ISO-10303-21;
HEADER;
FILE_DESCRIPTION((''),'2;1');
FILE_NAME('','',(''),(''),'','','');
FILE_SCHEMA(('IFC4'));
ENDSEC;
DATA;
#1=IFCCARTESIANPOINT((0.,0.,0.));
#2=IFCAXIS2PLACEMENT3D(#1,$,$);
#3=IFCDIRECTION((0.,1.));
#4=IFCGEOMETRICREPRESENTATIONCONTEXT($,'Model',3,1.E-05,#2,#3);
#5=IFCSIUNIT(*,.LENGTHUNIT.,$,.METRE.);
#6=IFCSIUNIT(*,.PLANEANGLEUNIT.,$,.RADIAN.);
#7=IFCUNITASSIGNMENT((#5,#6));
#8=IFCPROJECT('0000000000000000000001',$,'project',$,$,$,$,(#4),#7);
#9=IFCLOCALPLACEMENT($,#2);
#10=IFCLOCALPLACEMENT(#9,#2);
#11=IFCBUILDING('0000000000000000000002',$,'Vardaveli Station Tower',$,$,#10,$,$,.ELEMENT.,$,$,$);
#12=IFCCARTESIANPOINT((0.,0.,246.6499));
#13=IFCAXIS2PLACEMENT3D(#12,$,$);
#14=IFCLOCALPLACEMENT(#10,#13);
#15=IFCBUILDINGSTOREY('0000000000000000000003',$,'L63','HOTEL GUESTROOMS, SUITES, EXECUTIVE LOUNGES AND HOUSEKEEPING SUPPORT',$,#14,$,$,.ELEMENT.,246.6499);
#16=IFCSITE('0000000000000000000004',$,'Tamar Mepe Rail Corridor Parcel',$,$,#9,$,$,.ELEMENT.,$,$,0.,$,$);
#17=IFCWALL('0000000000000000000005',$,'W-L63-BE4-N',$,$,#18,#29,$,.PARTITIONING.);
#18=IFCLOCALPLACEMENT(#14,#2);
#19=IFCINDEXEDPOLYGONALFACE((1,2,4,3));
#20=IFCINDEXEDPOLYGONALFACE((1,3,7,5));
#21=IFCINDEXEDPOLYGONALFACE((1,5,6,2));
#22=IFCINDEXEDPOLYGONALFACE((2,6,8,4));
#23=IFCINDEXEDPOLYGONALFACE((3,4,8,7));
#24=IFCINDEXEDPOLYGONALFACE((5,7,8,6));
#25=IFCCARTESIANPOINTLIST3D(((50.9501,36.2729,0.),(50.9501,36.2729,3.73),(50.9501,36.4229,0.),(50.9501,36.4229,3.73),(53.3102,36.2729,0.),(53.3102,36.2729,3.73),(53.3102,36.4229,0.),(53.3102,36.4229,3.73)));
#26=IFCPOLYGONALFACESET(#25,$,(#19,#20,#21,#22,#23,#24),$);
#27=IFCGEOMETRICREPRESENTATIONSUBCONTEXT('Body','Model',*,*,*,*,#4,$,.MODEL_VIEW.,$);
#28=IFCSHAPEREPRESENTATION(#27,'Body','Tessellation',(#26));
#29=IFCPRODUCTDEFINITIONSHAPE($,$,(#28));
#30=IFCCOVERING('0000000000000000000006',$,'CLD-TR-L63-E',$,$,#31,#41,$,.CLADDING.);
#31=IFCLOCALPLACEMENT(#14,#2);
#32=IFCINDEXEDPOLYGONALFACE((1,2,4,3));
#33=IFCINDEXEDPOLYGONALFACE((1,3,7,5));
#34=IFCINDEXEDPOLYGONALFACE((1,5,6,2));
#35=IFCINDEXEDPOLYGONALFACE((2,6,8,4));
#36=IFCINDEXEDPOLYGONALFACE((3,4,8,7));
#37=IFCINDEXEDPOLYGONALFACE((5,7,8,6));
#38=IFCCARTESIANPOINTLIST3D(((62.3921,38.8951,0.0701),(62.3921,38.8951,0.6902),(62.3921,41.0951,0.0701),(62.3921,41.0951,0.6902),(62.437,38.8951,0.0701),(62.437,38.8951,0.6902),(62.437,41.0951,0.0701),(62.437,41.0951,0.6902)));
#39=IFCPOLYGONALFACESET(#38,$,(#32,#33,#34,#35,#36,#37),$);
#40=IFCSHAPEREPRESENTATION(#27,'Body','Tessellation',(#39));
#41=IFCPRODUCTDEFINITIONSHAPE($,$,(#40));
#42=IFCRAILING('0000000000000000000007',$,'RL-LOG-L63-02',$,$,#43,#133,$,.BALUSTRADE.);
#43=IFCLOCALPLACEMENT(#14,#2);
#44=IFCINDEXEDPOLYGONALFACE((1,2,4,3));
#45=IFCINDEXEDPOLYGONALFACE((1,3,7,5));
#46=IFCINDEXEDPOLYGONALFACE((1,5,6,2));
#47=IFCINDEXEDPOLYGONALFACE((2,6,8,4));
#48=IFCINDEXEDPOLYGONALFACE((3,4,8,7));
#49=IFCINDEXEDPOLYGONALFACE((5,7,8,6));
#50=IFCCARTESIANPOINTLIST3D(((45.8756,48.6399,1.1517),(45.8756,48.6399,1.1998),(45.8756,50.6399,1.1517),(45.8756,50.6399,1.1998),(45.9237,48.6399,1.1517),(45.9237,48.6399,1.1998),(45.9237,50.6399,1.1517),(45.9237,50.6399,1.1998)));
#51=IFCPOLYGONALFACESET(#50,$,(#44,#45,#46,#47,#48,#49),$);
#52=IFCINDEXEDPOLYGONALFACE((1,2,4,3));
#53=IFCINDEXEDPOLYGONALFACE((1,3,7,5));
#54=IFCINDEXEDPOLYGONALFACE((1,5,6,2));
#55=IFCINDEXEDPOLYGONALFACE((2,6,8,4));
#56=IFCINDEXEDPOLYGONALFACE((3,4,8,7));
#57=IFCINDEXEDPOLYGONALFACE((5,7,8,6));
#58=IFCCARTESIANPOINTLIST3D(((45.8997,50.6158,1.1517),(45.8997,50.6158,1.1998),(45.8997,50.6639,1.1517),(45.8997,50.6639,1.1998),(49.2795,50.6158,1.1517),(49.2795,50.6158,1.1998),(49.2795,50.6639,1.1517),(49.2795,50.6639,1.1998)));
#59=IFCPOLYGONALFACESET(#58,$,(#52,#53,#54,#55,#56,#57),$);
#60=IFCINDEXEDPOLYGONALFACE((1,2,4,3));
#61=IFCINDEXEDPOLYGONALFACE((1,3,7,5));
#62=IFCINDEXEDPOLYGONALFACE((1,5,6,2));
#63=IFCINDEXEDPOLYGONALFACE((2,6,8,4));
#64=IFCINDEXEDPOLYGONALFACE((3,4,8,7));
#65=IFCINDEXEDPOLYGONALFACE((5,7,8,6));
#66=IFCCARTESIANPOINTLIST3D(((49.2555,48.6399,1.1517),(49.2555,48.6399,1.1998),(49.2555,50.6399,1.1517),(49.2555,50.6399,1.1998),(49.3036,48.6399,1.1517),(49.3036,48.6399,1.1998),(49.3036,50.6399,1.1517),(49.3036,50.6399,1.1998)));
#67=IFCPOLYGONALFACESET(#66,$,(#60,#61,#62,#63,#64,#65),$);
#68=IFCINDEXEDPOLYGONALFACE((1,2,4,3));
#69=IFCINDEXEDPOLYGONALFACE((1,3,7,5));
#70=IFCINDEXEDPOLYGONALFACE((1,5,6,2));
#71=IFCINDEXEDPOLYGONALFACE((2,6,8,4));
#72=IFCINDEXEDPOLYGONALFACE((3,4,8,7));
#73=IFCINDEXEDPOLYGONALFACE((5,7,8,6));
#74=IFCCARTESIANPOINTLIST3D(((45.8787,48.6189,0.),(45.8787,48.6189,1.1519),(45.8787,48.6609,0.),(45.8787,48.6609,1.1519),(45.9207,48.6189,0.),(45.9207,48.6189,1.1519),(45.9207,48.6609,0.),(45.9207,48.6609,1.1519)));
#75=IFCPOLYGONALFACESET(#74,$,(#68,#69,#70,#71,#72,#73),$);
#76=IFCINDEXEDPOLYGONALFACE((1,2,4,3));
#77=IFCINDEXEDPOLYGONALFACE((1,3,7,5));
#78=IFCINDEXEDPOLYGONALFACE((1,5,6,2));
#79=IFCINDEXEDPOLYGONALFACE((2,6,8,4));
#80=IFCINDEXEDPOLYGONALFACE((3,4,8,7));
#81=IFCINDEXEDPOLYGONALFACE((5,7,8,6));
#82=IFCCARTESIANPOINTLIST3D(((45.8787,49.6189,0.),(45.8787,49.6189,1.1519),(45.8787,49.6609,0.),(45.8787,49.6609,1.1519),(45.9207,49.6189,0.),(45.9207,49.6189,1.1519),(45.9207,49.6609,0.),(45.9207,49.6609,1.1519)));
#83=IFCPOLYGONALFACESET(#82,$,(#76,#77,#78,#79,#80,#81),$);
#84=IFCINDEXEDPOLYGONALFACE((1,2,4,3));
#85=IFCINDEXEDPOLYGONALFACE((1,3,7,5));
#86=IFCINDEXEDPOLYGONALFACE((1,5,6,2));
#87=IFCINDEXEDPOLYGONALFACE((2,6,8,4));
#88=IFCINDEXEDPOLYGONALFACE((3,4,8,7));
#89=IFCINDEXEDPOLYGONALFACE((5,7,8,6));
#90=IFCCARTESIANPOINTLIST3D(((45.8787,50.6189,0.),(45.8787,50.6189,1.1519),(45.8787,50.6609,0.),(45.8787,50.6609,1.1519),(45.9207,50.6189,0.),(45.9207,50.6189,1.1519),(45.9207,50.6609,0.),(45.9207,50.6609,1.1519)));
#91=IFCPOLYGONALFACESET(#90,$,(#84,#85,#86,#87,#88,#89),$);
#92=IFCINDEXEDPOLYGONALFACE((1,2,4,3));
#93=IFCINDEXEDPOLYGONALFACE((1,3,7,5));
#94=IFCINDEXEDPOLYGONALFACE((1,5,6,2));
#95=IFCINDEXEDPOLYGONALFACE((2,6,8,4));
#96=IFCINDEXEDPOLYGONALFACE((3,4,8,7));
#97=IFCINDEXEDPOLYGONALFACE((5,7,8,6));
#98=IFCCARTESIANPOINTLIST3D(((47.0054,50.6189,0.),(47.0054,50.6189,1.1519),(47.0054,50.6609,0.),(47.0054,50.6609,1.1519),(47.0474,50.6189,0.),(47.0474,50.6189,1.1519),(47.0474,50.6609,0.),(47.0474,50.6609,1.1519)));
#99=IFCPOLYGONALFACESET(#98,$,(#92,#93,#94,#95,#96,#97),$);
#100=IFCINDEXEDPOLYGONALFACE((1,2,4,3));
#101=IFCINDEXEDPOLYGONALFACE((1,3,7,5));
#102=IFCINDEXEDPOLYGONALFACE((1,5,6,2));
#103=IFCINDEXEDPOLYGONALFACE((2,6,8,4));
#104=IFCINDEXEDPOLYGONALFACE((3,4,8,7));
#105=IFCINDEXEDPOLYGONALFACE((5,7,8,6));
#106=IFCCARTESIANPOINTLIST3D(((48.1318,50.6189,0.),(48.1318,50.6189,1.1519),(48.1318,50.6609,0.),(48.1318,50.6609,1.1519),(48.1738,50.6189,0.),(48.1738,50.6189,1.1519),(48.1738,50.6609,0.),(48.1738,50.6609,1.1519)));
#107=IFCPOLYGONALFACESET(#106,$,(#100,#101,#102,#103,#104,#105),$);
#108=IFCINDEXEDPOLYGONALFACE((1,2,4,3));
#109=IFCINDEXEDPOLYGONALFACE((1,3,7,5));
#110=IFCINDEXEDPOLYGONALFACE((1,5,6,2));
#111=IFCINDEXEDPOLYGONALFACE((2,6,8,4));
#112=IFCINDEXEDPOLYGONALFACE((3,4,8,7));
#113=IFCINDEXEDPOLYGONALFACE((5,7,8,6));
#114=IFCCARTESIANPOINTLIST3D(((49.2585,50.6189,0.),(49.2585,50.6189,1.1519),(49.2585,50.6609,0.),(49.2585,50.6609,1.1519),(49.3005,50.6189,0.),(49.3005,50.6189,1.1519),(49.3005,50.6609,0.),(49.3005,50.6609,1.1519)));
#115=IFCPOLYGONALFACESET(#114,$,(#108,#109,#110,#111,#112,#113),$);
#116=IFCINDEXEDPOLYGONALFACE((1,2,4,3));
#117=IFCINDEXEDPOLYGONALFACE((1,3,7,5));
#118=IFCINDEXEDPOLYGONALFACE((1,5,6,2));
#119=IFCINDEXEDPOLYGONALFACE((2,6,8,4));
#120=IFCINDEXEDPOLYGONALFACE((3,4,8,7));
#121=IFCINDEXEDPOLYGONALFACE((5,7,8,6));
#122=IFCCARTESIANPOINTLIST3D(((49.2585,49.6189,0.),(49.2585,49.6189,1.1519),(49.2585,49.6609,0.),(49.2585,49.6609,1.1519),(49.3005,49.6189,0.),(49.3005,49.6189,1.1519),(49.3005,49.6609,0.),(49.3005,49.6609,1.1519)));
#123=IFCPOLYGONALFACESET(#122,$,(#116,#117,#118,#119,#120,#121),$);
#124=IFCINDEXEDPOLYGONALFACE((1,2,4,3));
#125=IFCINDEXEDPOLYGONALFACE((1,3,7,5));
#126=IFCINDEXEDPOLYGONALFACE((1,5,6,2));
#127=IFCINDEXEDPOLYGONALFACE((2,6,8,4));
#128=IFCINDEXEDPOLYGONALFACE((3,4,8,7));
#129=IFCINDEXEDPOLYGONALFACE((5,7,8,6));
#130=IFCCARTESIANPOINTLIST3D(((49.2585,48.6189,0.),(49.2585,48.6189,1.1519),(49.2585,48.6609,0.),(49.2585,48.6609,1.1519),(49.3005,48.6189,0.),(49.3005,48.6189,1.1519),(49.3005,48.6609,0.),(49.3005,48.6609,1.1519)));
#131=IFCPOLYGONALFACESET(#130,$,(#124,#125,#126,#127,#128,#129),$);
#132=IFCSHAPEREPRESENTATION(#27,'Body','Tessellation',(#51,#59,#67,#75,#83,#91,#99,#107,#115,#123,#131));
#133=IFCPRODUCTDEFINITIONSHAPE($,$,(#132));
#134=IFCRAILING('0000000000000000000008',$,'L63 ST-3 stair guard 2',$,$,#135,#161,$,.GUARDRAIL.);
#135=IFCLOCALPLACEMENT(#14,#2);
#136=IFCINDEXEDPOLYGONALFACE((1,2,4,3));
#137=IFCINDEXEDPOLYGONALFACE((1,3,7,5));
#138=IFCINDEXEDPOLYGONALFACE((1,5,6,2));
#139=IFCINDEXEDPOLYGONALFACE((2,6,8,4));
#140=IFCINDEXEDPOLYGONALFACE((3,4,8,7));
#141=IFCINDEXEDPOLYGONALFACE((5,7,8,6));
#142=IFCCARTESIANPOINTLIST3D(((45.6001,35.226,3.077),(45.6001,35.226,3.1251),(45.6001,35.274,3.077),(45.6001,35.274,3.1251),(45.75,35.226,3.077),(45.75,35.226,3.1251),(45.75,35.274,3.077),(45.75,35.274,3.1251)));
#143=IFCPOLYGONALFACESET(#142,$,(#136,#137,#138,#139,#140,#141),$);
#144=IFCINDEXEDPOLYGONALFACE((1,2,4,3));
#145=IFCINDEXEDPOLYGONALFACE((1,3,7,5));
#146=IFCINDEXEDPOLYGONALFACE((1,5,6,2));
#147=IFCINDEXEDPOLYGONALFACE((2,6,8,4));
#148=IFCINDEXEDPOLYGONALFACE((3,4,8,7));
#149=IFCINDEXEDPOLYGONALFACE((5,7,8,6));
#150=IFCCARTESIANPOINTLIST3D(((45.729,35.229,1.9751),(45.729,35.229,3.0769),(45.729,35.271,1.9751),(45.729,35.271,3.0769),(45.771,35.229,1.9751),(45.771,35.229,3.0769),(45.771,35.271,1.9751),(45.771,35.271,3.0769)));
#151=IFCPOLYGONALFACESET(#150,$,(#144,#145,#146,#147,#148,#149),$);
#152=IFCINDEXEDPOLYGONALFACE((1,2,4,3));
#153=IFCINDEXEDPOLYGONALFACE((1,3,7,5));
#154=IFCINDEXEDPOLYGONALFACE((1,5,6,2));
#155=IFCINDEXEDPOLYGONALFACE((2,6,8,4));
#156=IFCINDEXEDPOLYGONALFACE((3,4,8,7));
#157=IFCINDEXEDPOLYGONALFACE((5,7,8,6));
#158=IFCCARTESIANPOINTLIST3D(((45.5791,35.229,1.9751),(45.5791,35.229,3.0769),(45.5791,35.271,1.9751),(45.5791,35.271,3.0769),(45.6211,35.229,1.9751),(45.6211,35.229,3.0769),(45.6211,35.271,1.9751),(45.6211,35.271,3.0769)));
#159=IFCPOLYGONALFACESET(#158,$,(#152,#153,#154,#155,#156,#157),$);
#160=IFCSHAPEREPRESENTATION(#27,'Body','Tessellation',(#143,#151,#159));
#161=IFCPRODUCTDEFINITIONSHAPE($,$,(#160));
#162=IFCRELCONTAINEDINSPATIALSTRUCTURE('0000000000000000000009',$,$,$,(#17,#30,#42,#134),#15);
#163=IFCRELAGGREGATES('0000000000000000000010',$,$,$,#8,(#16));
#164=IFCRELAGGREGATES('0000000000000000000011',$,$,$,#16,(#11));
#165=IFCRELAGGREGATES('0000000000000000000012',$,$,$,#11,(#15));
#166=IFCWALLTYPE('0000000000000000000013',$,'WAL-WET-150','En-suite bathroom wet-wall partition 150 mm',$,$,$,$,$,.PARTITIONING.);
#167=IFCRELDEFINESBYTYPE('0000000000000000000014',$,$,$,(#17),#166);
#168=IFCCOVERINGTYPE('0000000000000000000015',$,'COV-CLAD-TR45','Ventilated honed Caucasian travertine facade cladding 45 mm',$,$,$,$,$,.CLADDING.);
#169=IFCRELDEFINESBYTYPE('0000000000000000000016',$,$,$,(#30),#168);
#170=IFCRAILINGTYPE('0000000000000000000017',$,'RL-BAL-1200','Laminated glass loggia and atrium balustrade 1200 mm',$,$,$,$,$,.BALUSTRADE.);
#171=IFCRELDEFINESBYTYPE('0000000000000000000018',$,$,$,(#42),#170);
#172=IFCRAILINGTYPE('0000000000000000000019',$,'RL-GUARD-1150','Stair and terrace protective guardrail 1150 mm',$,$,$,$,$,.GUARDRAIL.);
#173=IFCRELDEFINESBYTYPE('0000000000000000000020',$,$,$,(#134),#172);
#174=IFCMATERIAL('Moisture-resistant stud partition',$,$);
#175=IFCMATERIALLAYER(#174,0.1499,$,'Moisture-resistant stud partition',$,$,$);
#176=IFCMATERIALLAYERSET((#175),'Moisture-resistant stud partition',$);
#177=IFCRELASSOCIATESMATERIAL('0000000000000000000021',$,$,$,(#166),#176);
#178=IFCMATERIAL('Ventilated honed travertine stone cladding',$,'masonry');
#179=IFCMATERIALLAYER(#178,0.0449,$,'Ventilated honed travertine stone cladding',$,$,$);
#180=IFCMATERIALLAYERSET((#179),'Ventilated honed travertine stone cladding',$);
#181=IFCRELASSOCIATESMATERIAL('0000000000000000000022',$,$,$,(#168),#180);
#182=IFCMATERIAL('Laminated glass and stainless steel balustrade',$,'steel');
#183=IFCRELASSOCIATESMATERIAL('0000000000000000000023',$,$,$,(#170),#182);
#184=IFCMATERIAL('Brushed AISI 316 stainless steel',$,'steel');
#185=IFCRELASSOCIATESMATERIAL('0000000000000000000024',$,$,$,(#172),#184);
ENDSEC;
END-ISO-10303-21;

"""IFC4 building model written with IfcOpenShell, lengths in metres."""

from ifc_helpers import new_model, si_unit, direction, frame, frame_2d, origin, origin_2d, place, context, subcontext, project, spatial, rectangle, extrude, source, transform, mapped, material, layer, layer_set, type_object, element, save


model = new_model("IFC4")

# Units and contexts
model_context = context("Model", 3, precision=1e-05, world=origin(), true_north=direction((0.0, 1.0)))
body_context = subcontext(model_context, "Body", "Model", "MODEL_VIEW")
ifc_project = project(units=[si_unit("LENGTHUNIT", "METRE"), si_unit("PLANEANGLEUNIT", "RADIAN")], contexts=[model_context])

# Site, building, storey
site_placement = place(None, origin())
site = spatial("IfcSite", under=ifc_project, at=site_placement, Name="Tamar Mepe Rail Corridor Parcel", CompositionType="ELEMENT", RefElevation=0.0)
building_placement = place(site_placement, origin())
building = spatial("IfcBuilding", under=site, at=building_placement, Name="Vardaveli Station Tower", CompositionType="ELEMENT")
storey_placement = place(building_placement, frame((0.0, 0.0, 246.6499)))
storey = spatial("IfcBuildingStorey", under=building, at=storey_placement, Name="L63", Description="HOTEL GUESTROOMS, SUITES, EXECUTIVE LOUNGES AND HOUSEKEEPING SUPPORT", CompositionType="ELEMENT", Elevation=246.6499)

# Wall
ifc_material_1 = material(Name="Moisture-resistant stud partition")
ifc_layer_1 = layer(ifc_material_1, 0.1499, Name="Moisture-resistant stud partition")
ifc_layer_set_1 = layer_set([ifc_layer_1], Name="Moisture-resistant stud partition")
wall_type_1 = type_object("IfcWallType", Name="WAL-WET-150", Description="En-suite bathroom wet-wall partition 150 mm", PredefinedType="PARTITIONING", material=ifc_layer_set_1)
shared_shape_1 = source(origin(), body_context, "Body", "SweptSolid", [
    extrude(rectangle(XDim=2.3601, YDim=0.1499, at=frame_2d((1.1802, 0.0))), origin(), (0.0, 0.0, 1.0), 3.73),
])
wall_1_placement = place(storey_placement, frame((50.95, 36.3479, 0.0), z_axis=(0.0, 0.0, 1.0), x_axis=(1.0, 0.0, 0.0)))
element("IfcWall", 1, at=wall_1_placement, inside=storey, type_object=wall_type_1, Name="W-L63-BE4-N", PredefinedType="PARTITIONING", context=body_context, shape_type="MappedRepresentation", body=[
    mapped(shared_shape_1, transform((0.0, 0.0, 0.0), scale=1.0)),
])

# Covering
ifc_material_2 = material(Name="Ventilated honed travertine stone cladding", Category="masonry")
ifc_layer_2 = layer(ifc_material_2, 0.0449, Name="Ventilated honed travertine stone cladding")
ifc_layer_set_2 = layer_set([ifc_layer_2], Name="Ventilated honed travertine stone cladding")
covering_type = type_object("IfcCoveringType", Name="COV-CLAD-TR45", Description="Ventilated honed Caucasian travertine facade cladding 45 mm", PredefinedType="CLADDING", material=ifc_layer_set_2)
shared_shape_2 = source(origin(), body_context, "Body", "SweptSolid", [
    extrude(rectangle(XDim=2.2, YDim=0.0449, at=origin_2d()), origin(), (0.0, 0.0, 1.0), 0.6201),
])
covering_placement = place(storey_placement, frame((62.4146, 39.9951, 0.0701), z_axis=(0.0, 0.0, 1.0), x_axis=(0.0, 1.0, 0.0)))
element("IfcCovering", 2, at=covering_placement, inside=storey, type_object=covering_type, Name="CLD-TR-L63-E", PredefinedType="CLADDING", context=body_context, shape_type="MappedRepresentation", body=[
    mapped(shared_shape_2, transform((0.0, 0.0, 0.0), scale=1.0)),
])

# Railings
ifc_material_3 = material(Name="Laminated glass and stainless steel balustrade", Category="steel")
railing_type_1 = type_object("IfcRailingType", Name="RL-BAL-1200", Description="Laminated glass loggia and atrium balustrade 1200 mm", PredefinedType="BALUSTRADE", material=ifc_material_3)
shared_shape_3 = source(origin(), body_context, "Body", "SweptSolid", [
    extrude(rectangle(XDim=0.0481, YDim=0.0481, at=origin_2d()), frame((0.0, 0.0, 1.1758), z_axis=(0.0, 1.0, 0.0), x_axis=(-1.0, 0.0, 0.0)), (0.0, 0.0, 1.0), 2.0),
    extrude(rectangle(XDim=0.0481, YDim=0.0481, at=origin_2d()), frame((0.0, 2.0, 1.1758), z_axis=(1.0, 0.0, 0.0), x_axis=(0.0, 1.0, 0.0)), (0.0, 0.0, 1.0), 3.3799),
    extrude(rectangle(XDim=0.0481, YDim=0.0481, at=origin_2d()), frame((3.3799, 2.0, 1.1758), z_axis=(0.0, -1.0, 0.0), x_axis=(1.0, 0.0, 0.0)), (0.0, 0.0, 1.0), 2.0),
    extrude(rectangle(XDim=0.042, YDim=0.042, at=origin_2d()), origin(), (0.0, 0.0, 1.0), 1.1519),
    extrude(rectangle(XDim=0.042, YDim=0.042, at=origin_2d()), frame((0.0, 1.0, 0.0)), (0.0, 0.0, 1.0), 1.1519),
    extrude(rectangle(XDim=0.042, YDim=0.042, at=origin_2d()), frame((0.0, 2.0, 0.0)), (0.0, 0.0, 1.0), 1.1519),
    extrude(rectangle(XDim=0.042, YDim=0.042, at=origin_2d()), frame((1.1267, 2.0, 0.0)), (0.0, 0.0, 1.0), 1.1519),
    extrude(rectangle(XDim=0.042, YDim=0.042, at=origin_2d()), frame((2.2532, 2.0, 0.0)), (0.0, 0.0, 1.0), 1.1519),
    extrude(rectangle(XDim=0.042, YDim=0.042, at=origin_2d()), frame((3.3799, 2.0, 0.0)), (0.0, 0.0, 1.0), 1.1519),
    extrude(rectangle(XDim=0.042, YDim=0.042, at=origin_2d()), frame((3.3799, 1.0, 0.0)), (0.0, 0.0, 1.0), 1.1519),
    extrude(rectangle(XDim=0.042, YDim=0.042, at=origin_2d()), frame((3.3799, 0.0, 0.0)), (0.0, 0.0, 1.0), 1.1519),
])
railing_1_placement = place(storey_placement, frame((45.8997, 48.6399, 0.0)))
element("IfcRailing", 3, at=railing_1_placement, inside=storey, type_object=railing_type_1, Name="RL-LOG-L63-02", PredefinedType="BALUSTRADE", context=body_context, shape_type="MappedRepresentation", body=[
    mapped(shared_shape_3, transform((0.0, 0.0, 0.0), scale=1.0)),
])
ifc_material_4 = material(Name="Brushed AISI 316 stainless steel", Category="steel")
railing_type_2 = type_object("IfcRailingType", Name="RL-GUARD-1150", Description="Stair and terrace protective guardrail 1150 mm", PredefinedType="GUARDRAIL", material=ifc_material_4)
shared_shape_4 = source(origin(), body_context, "Body", "SweptSolid", [
    extrude(rectangle(XDim=0.0481, YDim=0.0481, at=origin_2d()), frame((0.0, 0.0, 1.126), z_axis=(-1.0, 0.0, 0.0), x_axis=(0.0, -1.0, 0.0)), (0.0, 0.0, 1.0), 0.1499),
    extrude(rectangle(XDim=0.042, YDim=0.042, at=origin_2d()), origin(), (0.0, 0.0, 1.0), 1.1018),
    extrude(rectangle(XDim=0.042, YDim=0.042, at=origin_2d()), frame((-0.1499, 0.0, 0.0)), (0.0, 0.0, 1.0), 1.1018),
])
railing_2_placement = place(storey_placement, frame((45.75, 35.25, 1.9751)))
element("IfcRailing", 4, at=railing_2_placement, inside=storey, type_object=railing_type_2, Name="L63 ST-3 stair guard 2", PredefinedType="GUARDRAIL", context=body_context, shape_type="MappedRepresentation", body=[
    mapped(shared_shape_4, transform((0.0, 0.0, 0.0), scale=1.0)),
])

save(model, "model.ifc")
